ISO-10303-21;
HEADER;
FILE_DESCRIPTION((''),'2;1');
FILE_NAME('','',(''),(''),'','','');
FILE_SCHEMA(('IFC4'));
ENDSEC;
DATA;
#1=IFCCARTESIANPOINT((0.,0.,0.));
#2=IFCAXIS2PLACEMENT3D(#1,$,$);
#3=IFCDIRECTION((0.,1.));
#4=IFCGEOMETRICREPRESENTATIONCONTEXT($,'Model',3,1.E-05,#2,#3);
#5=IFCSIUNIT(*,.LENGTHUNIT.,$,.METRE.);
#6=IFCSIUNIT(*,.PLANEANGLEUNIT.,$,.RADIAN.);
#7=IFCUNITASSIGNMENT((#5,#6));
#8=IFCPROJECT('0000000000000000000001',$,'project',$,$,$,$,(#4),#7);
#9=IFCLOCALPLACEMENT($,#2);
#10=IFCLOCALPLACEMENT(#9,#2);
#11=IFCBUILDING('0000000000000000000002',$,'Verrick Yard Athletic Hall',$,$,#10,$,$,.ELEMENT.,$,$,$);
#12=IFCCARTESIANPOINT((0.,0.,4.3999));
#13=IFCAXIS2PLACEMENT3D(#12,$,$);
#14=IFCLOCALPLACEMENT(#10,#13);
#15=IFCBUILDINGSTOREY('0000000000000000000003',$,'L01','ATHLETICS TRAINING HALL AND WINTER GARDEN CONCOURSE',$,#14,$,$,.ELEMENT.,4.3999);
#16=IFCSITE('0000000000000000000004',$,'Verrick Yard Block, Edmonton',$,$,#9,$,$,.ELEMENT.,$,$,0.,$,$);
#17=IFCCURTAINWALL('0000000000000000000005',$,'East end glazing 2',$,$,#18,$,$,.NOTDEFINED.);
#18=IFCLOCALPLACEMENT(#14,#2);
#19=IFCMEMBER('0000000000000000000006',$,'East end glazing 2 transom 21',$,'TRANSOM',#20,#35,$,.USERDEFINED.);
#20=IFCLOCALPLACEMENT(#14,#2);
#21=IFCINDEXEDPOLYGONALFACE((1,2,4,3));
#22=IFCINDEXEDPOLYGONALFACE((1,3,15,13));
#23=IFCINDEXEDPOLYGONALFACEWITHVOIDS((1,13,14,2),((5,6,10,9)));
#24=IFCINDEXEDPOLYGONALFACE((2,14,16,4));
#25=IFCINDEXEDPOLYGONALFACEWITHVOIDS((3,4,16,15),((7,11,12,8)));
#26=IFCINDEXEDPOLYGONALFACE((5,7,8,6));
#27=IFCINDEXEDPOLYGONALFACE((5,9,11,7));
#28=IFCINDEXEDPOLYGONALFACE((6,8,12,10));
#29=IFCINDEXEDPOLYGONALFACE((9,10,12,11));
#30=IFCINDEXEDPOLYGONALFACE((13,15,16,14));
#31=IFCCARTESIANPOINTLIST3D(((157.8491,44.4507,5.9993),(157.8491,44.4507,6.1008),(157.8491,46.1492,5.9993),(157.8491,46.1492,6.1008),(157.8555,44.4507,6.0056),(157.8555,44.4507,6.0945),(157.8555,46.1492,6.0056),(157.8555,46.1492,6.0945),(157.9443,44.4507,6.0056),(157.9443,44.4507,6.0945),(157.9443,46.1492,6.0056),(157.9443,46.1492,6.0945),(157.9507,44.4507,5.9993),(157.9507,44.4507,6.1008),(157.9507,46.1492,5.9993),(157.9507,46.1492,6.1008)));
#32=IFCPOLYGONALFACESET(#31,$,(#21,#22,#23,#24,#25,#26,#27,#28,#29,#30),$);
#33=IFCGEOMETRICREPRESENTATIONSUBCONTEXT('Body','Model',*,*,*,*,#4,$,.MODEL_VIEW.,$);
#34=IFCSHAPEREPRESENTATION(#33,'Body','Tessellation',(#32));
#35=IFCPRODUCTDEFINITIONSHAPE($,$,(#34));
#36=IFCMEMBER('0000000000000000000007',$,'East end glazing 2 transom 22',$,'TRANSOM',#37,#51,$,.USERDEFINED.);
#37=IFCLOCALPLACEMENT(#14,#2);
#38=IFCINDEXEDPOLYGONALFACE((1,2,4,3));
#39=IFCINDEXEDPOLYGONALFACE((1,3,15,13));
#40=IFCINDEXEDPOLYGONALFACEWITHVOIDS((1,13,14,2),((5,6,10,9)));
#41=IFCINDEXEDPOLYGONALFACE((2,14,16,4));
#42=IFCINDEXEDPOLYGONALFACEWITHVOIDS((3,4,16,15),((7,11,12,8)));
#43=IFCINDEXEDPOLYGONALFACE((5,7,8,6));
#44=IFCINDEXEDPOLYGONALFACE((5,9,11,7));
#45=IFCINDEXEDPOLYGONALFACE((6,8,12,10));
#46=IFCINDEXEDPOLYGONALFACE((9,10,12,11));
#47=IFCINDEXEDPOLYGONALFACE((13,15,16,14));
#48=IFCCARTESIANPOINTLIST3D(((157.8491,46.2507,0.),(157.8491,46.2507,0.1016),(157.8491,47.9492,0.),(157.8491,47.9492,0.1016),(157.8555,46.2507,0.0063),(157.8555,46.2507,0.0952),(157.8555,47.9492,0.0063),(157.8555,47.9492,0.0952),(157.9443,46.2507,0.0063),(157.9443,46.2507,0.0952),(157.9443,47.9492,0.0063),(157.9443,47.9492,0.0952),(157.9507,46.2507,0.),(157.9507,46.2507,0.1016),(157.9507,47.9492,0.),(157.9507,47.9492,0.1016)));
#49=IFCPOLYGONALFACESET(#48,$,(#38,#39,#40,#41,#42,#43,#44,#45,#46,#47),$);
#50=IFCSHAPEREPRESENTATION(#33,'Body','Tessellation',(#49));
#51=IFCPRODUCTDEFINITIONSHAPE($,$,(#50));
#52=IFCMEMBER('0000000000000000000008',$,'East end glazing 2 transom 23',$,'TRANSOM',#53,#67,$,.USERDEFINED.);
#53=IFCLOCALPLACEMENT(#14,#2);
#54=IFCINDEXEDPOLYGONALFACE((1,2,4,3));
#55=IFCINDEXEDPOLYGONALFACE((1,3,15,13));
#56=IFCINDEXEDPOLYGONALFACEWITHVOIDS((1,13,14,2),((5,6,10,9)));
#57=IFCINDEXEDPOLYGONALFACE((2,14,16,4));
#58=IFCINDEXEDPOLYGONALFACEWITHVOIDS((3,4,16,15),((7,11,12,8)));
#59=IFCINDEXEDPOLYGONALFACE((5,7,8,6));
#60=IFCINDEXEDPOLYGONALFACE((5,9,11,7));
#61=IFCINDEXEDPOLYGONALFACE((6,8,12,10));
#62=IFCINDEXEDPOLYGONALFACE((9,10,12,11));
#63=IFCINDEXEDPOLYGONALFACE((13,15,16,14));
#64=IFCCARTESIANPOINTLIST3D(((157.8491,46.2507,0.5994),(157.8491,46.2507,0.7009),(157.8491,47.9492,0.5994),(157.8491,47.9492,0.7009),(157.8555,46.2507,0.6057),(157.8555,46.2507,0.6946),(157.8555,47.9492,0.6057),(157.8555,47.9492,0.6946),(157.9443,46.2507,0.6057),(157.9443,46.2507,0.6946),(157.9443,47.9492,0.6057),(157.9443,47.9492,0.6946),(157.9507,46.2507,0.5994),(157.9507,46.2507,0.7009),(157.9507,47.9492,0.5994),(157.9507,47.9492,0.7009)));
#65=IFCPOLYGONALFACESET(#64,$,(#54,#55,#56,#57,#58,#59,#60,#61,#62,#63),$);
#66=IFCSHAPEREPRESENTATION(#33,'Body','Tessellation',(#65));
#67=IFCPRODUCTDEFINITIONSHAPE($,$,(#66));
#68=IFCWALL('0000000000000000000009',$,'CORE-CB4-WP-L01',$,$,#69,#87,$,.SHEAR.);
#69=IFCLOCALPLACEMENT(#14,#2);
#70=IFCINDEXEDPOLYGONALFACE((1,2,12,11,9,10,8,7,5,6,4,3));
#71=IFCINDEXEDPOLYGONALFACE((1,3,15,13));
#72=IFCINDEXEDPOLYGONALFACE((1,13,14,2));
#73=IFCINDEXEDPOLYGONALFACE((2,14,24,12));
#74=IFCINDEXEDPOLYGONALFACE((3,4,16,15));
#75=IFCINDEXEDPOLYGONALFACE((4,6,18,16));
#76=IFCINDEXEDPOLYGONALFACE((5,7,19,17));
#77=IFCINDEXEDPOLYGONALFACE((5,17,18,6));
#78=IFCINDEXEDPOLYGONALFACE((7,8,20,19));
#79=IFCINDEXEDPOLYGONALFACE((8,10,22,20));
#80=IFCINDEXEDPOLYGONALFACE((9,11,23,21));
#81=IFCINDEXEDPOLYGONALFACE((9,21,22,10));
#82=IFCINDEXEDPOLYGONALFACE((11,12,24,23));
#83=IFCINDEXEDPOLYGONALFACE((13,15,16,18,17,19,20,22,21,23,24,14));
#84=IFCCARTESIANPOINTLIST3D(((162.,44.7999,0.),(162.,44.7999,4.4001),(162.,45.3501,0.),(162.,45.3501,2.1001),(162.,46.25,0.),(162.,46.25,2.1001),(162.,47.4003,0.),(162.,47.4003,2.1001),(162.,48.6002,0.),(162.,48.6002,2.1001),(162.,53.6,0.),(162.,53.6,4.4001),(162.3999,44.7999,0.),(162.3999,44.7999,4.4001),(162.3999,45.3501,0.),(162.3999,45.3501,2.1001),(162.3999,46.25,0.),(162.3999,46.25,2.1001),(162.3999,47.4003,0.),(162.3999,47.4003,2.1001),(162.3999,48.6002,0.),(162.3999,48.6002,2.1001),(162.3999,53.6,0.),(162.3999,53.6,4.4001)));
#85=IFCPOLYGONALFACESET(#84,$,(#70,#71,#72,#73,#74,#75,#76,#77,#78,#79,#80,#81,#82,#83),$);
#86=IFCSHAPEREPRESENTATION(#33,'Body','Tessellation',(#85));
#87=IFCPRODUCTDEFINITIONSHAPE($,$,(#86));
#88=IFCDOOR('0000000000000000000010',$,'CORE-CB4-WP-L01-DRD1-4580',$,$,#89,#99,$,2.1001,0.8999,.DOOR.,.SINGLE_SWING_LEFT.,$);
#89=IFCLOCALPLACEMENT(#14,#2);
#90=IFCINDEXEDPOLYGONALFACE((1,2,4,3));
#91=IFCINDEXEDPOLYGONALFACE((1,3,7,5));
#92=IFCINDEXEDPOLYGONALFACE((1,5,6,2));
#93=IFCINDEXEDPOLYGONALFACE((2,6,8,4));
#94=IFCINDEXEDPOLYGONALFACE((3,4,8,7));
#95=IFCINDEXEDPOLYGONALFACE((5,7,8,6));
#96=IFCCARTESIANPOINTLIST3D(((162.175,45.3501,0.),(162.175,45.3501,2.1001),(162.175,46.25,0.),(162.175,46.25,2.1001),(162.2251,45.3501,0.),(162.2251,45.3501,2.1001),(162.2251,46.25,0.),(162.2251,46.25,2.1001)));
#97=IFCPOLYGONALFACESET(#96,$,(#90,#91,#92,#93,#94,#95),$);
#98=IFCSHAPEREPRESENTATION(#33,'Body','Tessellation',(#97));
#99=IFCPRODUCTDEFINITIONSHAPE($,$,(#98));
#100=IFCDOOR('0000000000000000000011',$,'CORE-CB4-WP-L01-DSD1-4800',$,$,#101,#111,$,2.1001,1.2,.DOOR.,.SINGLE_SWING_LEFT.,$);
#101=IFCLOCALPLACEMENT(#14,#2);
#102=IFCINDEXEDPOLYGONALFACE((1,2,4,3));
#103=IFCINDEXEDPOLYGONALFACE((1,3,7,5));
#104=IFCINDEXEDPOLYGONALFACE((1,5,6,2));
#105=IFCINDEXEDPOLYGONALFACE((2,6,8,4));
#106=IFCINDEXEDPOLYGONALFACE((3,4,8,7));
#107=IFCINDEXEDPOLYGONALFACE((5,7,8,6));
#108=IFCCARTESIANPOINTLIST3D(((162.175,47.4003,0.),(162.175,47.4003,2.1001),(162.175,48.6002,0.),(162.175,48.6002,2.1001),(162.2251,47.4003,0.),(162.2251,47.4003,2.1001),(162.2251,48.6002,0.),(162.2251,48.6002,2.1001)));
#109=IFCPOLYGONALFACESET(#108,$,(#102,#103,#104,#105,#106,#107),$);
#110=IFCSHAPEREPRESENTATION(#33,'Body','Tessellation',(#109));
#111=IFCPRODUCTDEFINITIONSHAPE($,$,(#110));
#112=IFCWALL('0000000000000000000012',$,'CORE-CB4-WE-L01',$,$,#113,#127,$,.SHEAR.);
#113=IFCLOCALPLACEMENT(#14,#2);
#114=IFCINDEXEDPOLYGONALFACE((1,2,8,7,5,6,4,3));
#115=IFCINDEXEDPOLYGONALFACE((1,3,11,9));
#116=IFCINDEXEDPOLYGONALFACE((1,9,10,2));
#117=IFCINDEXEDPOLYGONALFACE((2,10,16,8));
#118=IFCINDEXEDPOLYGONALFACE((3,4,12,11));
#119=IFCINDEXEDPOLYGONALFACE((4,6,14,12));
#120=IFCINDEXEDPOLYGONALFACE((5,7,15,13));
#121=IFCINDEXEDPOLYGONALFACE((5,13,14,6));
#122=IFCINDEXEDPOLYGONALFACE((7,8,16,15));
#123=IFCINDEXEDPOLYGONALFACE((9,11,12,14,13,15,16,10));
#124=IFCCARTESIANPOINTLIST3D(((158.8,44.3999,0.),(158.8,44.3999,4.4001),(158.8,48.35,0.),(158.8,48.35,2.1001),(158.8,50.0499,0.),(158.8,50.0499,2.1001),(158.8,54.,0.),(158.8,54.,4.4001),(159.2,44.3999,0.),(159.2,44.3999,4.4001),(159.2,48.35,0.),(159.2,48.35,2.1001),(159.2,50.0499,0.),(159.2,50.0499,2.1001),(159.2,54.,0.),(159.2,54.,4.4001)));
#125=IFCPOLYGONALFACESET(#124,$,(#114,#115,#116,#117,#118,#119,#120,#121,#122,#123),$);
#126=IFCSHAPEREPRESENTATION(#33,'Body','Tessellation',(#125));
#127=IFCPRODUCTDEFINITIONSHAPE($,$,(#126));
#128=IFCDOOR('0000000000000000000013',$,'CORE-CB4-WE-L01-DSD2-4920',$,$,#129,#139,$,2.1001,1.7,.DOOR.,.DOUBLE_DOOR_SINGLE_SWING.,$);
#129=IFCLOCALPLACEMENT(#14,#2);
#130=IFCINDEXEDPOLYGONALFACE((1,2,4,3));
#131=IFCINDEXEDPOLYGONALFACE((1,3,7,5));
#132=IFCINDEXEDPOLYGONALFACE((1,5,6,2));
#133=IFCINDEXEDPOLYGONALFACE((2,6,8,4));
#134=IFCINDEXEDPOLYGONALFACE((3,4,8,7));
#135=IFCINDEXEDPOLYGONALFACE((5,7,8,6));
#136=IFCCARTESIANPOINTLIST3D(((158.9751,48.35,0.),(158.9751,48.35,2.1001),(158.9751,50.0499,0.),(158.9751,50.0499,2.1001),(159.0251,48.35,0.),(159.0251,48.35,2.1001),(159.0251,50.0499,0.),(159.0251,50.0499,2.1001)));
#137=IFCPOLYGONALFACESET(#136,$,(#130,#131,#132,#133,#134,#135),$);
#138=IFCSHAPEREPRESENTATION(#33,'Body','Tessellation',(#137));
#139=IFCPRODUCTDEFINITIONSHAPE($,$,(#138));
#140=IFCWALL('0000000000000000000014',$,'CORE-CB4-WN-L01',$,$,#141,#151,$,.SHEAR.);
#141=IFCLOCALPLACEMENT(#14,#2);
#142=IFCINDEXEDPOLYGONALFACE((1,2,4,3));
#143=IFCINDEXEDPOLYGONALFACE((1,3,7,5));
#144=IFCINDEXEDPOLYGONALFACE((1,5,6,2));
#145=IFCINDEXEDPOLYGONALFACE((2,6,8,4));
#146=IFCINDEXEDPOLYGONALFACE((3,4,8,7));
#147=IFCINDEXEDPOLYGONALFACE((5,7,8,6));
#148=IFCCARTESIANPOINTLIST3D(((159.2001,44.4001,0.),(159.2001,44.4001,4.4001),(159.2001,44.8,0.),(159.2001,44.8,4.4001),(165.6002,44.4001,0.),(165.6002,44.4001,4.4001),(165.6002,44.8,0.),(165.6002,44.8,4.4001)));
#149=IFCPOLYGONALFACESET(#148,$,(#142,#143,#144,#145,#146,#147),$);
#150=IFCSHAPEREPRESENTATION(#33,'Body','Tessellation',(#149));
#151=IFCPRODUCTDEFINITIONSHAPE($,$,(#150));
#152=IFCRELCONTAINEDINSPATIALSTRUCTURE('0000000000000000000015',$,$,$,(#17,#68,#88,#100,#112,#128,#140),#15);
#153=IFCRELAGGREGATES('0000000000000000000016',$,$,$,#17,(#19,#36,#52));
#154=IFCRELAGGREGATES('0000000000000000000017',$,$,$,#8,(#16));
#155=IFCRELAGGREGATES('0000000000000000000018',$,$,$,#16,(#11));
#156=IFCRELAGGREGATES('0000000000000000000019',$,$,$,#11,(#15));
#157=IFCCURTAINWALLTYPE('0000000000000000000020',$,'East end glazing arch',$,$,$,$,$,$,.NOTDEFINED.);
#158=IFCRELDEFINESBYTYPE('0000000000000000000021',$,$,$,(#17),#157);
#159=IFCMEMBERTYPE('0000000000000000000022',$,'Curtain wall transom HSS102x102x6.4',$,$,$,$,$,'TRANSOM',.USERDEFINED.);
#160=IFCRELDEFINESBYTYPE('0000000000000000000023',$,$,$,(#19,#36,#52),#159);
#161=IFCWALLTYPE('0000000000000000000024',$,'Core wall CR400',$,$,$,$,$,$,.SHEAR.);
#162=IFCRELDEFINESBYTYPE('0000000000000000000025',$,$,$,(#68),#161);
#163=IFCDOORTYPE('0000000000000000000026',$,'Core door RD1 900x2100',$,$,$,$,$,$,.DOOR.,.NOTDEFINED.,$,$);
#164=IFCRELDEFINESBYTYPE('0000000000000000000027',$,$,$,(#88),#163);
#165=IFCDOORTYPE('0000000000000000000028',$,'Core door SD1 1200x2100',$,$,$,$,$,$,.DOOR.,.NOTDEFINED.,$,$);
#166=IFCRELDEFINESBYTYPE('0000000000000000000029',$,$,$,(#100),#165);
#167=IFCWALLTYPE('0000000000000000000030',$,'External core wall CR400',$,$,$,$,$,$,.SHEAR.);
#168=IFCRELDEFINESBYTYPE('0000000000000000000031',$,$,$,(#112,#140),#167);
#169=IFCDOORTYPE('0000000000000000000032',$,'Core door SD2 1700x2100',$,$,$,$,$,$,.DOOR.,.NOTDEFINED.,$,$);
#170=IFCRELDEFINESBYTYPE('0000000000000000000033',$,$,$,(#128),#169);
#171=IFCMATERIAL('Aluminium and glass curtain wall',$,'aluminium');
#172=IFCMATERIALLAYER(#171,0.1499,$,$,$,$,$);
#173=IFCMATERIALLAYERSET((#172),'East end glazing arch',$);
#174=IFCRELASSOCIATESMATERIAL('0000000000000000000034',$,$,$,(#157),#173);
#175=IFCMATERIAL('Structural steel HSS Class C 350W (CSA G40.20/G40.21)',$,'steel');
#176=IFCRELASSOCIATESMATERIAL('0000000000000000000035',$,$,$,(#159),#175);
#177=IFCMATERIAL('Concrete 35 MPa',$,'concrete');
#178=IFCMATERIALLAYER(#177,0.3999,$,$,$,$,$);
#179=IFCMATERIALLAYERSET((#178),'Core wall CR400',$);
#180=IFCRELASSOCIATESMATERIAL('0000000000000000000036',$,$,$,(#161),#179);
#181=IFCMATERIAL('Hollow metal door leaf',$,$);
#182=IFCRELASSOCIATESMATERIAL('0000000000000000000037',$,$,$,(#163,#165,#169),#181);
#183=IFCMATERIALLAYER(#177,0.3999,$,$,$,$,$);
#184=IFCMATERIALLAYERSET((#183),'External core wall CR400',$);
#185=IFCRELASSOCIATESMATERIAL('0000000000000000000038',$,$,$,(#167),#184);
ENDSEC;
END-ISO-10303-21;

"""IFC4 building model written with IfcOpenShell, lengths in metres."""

from ifc_helpers import new_model, si_unit, direction, frame, frame_2d, origin, origin_2d, place, context, subcontext, project, spatial, rectangle, hollow_rectangle, extrude, material, layer, layer_set, material_profile, profile_set, type_object, element, fill, aggregate, save


model = new_model("IFC4")

# Units and contexts
model_context = context("Model", 3, precision=1e-05, world=origin(), true_north=direction((0.0, 1.0)))
body_context = subcontext(model_context, "Body", "Model", "MODEL_VIEW")
ifc_project = project(units=[si_unit("LENGTHUNIT", "METRE"), si_unit("PLANEANGLEUNIT", "RADIAN")], contexts=[model_context])

# Site, building, storey
site_placement = place(None, origin())
site = spatial("IfcSite", under=ifc_project, at=site_placement, Name="Verrick Yard Block, Edmonton", CompositionType="ELEMENT", RefElevation=0.0)
building_placement = place(site_placement, origin())
building = spatial("IfcBuilding", under=site, at=building_placement, Name="Verrick Yard Athletic Hall", CompositionType="ELEMENT")
storey_placement = place(building_placement, frame((0.0, 0.0, 4.3999)))
storey = spatial("IfcBuildingStorey", under=building, at=storey_placement, Name="L01", Description="ATHLETICS TRAINING HALL AND WINTER GARDEN CONCOURSE", CompositionType="ELEMENT", Elevation=4.3999)

# Curtain wall, members
ifc_material_1 = material(Name="Aluminium and glass curtain wall", Category="aluminium")
ifc_layer_1 = layer(ifc_material_1, 0.1499)
ifc_layer_set_1 = layer_set([ifc_layer_1], Name="East end glazing arch")
curtain_wall_type = type_object("IfcCurtainWallType", Name="East end glazing arch", PredefinedType="NOTDEFINED", material=ifc_layer_set_1)
curtain_wall_placement = place(storey_placement, origin())
curtain_wall = element("IfcCurtainWall", 1, at=curtain_wall_placement, inside=storey, type_object=curtain_wall_type, Name="East end glazing 2", PredefinedType="NOTDEFINED")
ifc_material_2 = material(Name="Structural steel HSS Class C 350W (CSA G40.20/G40.21)", Category="steel")
ifc_material_profile_1 = material_profile(ifc_material_2, hollow_rectangle(XDim=0.1016, YDim=0.1016, WallThickness=0.0063, at=origin_2d()), Name="HSS102x102x6.4")
ifc_profile_set_1 = profile_set([ifc_material_profile_1], Name="Structural steel HSS Class C 350W (CSA G40.20/G40.21)")
member_type_1 = type_object("IfcMemberType", Name="Curtain wall transom HSS102x102x6.4", ElementType="TRANSOM", PredefinedType="USERDEFINED", material=ifc_profile_set_1)
member_1_placement = place(storey_placement, frame((157.8999, 44.4507, 6.05), z_axis=(0.0, 1.0, 0.0), x_axis=(-1.0, 0.0, 0.0)))
member_1 = element("IfcMember", 2, at=member_1_placement, type_object=member_type_1, Name="East end glazing 2 transom 21", ObjectType="TRANSOM", PredefinedType="USERDEFINED", context=body_context, shape_type="SweptSolid", body=[
    extrude(hollow_rectangle(XDim=0.1016, YDim=0.1016, WallThickness=0.0063, at=origin_2d()), origin(), (0.0, 0.0, 1.0), 1.6985),
])
member_2_placement = place(storey_placement, frame((157.8999, 46.2507, 0.0508), z_axis=(0.0, 1.0, 0.0), x_axis=(-1.0, 0.0, 0.0)))
member_2 = element("IfcMember", 3, at=member_2_placement, type_object=member_type_1, Name="East end glazing 2 transom 22", ObjectType="TRANSOM", PredefinedType="USERDEFINED", context=body_context, shape_type="SweptSolid", body=[
    extrude(hollow_rectangle(XDim=0.1016, YDim=0.1016, WallThickness=0.0063, at=origin_2d()), origin(), (0.0, 0.0, 1.0), 1.6985),
])
member_3_placement = place(storey_placement, frame((157.8999, 46.2507, 0.6501), z_axis=(0.0, 1.0, 0.0), x_axis=(-1.0, 0.0, 0.0)))
member_3 = element("IfcMember", 4, at=member_3_placement, type_object=member_type_1, Name="East end glazing 2 transom 23", ObjectType="TRANSOM", PredefinedType="USERDEFINED", context=body_context, shape_type="SweptSolid", body=[
    extrude(hollow_rectangle(XDim=0.1016, YDim=0.1016, WallThickness=0.0063, at=origin_2d()), origin(), (0.0, 0.0, 1.0), 1.6985),
])
aggregate(curtain_wall, [member_1, member_2, member_3])

# Wall, openings, doors
ifc_material_3 = material(Name="Concrete 35 MPa", Category="concrete")
ifc_layer_2 = layer(ifc_material_3, 0.3999)
ifc_layer_set_2 = layer_set([ifc_layer_2], Name="Core wall CR400")
wall_type_1 = type_object("IfcWallType", Name="Core wall CR400", PredefinedType="SHEAR", material=ifc_layer_set_2)
wall_1_placement = place(storey_placement, frame((162.2, 44.8, 0.0), z_axis=(0.0, 0.0, 1.0), x_axis=(0.0, 1.0, 0.0)))
wall_1 = element("IfcWall", 5, at=wall_1_placement, inside=storey, type_object=wall_type_1, Name="CORE-CB4-WP-L01", PredefinedType="SHEAR", context=body_context, shape_type="SweptSolid", body=[
    extrude(rectangle(XDim=8.8, YDim=0.3999, at=frame_2d((4.3999, 0.0))), origin(), (0.0, 0.0, 1.0), 4.4001),
])
opening_1_placement = place(wall_1_placement, frame((2.6001, 0.0, 0.0)))
opening_1 = element("IfcOpeningElement", 6, at=opening_1_placement, cuts=wall_1, PredefinedType="OPENING", context=body_context, shape_type="SweptSolid", body=[
    extrude(rectangle(XDim=1.2, YDim=2.1001, at=frame_2d((0.6001, 1.05))), frame((0.0, 0.21, 0.0), z_axis=(0.0, -1.0, 0.0), x_axis=(1.0, 0.0, 0.0)), (0.0, 0.0, 1.0), 0.4199),
])
opening_2_placement = place(wall_1_placement, frame((0.55, 0.0, 0.0)))
opening_2 = element("IfcOpeningElement", 7, at=opening_2_placement, cuts=wall_1, PredefinedType="OPENING", context=body_context, shape_type="SweptSolid", body=[
    extrude(rectangle(XDim=0.8999, YDim=2.1001, at=frame_2d((0.45, 1.05))), frame((0.0, 0.21, 0.0), z_axis=(0.0, -1.0, 0.0), x_axis=(1.0, 0.0, 0.0)), (0.0, 0.0, 1.0), 0.4199),
])
ifc_material_4 = material(Name="Hollow metal door leaf")
door_type_1 = type_object("IfcDoorType", Name="Core door RD1 900x2100", OperationType="NOTDEFINED", PredefinedType="DOOR", material=ifc_material_4)
door_1_placement = place(opening_2_placement, origin())
door_1 = element("IfcDoor", 8, at=door_1_placement, inside=storey, type_object=door_type_1, Name="CORE-CB4-WP-L01-DRD1-4580", OperationType="SINGLE_SWING_LEFT", OverallHeight=2.1001, OverallWidth=0.8999, PredefinedType="DOOR", context=body_context, shape_type="SweptSolid", body=[
    extrude(rectangle(XDim=0.8999, YDim=2.1001, at=frame_2d((0.45, 1.05))), frame((0.0, 0.0249, 0.0), z_axis=(0.0, -1.0, 0.0), x_axis=(1.0, 0.0, 0.0)), (0.0, 0.0, 1.0), 0.05),
])
fill(opening_2, door_1)
door_type_2 = type_object("IfcDoorType", Name="Core door SD1 1200x2100", OperationType="NOTDEFINED", PredefinedType="DOOR", material=ifc_material_4)
door_2_placement = place(opening_1_placement, origin())
door_2 = element("IfcDoor", 9, at=door_2_placement, inside=storey, type_object=door_type_2, Name="CORE-CB4-WP-L01-DSD1-4800", OperationType="SINGLE_SWING_LEFT", OverallHeight=2.1001, OverallWidth=1.2, PredefinedType="DOOR", context=body_context, shape_type="SweptSolid", body=[
    extrude(rectangle(XDim=1.2, YDim=2.1001, at=frame_2d((0.6001, 1.05))), frame((0.0, 0.0249, 0.0), z_axis=(0.0, -1.0, 0.0), x_axis=(1.0, 0.0, 0.0)), (0.0, 0.0, 1.0), 0.05),
])
fill(opening_1, door_2)

# Wall, opening, door
ifc_layer_3 = layer(ifc_material_3, 0.3999)
ifc_layer_set_3 = layer_set([ifc_layer_3], Name="External core wall CR400")
wall_type_2 = type_object("IfcWallType", Name="External core wall CR400", PredefinedType="SHEAR", material=ifc_layer_set_3)
wall_2_placement = place(storey_placement, frame((159.0, 44.3999, 0.0), z_axis=(0.0, 0.0, 1.0), x_axis=(0.0, 1.0, 0.0)))
wall_2 = element("IfcWall", 10, at=wall_2_placement, inside=storey, type_object=wall_type_2, Name="CORE-CB4-WE-L01", PredefinedType="SHEAR", context=body_context, shape_type="SweptSolid", body=[
    extrude(rectangle(XDim=9.6001, YDim=0.3999, at=frame_2d((4.8, 0.0))), origin(), (0.0, 0.0, 1.0), 4.4001),
])
opening_3_placement = place(wall_2_placement, frame((3.95, 0.0, 0.0)))
opening_3 = element("IfcOpeningElement", 11, at=opening_3_placement, cuts=wall_2, PredefinedType="OPENING", context=body_context, shape_type="SweptSolid", body=[
    extrude(rectangle(XDim=1.7, YDim=2.1001, at=frame_2d((0.8501, 1.05))), frame((0.0, 0.21, 0.0), z_axis=(0.0, -1.0, 0.0), x_axis=(1.0, 0.0, 0.0)), (0.0, 0.0, 1.0), 0.4199),
])
door_type_3 = type_object("IfcDoorType", Name="Core door SD2 1700x2100", OperationType="NOTDEFINED", PredefinedType="DOOR", material=ifc_material_4)
door_3_placement = place(opening_3_placement, origin())
door_3 = element("IfcDoor", 12, at=door_3_placement, inside=storey, type_object=door_type_3, Name="CORE-CB4-WE-L01-DSD2-4920", OperationType="DOUBLE_DOOR_SINGLE_SWING", OverallHeight=2.1001, OverallWidth=1.7, PredefinedType="DOOR", context=body_context, shape_type="SweptSolid", body=[
    extrude(rectangle(XDim=1.7, YDim=2.1001, at=frame_2d((0.8501, 1.05))), frame((0.0, 0.0249, 0.0), z_axis=(0.0, -1.0, 0.0), x_axis=(1.0, 0.0, 0.0)), (0.0, 0.0, 1.0), 0.05),
])
fill(opening_3, door_3)

# Wall
wall_3_placement = place(storey_placement, frame((159.2, 44.6001, 0.0), z_axis=(0.0, 0.0, 1.0), x_axis=(1.0, 0.0, 0.0)))
element("IfcWall", 13, at=wall_3_placement, inside=storey, type_object=wall_type_2, Name="CORE-CB4-WN-L01", PredefinedType="SHEAR", context=body_context, shape_type="SweptSolid", body=[
    extrude(rectangle(XDim=6.4001, YDim=0.3999, at=frame_2d((3.2002, 0.0))), origin(), (0.0, 0.0, 1.0), 4.4001),
])

save(model, "model.ifc")
